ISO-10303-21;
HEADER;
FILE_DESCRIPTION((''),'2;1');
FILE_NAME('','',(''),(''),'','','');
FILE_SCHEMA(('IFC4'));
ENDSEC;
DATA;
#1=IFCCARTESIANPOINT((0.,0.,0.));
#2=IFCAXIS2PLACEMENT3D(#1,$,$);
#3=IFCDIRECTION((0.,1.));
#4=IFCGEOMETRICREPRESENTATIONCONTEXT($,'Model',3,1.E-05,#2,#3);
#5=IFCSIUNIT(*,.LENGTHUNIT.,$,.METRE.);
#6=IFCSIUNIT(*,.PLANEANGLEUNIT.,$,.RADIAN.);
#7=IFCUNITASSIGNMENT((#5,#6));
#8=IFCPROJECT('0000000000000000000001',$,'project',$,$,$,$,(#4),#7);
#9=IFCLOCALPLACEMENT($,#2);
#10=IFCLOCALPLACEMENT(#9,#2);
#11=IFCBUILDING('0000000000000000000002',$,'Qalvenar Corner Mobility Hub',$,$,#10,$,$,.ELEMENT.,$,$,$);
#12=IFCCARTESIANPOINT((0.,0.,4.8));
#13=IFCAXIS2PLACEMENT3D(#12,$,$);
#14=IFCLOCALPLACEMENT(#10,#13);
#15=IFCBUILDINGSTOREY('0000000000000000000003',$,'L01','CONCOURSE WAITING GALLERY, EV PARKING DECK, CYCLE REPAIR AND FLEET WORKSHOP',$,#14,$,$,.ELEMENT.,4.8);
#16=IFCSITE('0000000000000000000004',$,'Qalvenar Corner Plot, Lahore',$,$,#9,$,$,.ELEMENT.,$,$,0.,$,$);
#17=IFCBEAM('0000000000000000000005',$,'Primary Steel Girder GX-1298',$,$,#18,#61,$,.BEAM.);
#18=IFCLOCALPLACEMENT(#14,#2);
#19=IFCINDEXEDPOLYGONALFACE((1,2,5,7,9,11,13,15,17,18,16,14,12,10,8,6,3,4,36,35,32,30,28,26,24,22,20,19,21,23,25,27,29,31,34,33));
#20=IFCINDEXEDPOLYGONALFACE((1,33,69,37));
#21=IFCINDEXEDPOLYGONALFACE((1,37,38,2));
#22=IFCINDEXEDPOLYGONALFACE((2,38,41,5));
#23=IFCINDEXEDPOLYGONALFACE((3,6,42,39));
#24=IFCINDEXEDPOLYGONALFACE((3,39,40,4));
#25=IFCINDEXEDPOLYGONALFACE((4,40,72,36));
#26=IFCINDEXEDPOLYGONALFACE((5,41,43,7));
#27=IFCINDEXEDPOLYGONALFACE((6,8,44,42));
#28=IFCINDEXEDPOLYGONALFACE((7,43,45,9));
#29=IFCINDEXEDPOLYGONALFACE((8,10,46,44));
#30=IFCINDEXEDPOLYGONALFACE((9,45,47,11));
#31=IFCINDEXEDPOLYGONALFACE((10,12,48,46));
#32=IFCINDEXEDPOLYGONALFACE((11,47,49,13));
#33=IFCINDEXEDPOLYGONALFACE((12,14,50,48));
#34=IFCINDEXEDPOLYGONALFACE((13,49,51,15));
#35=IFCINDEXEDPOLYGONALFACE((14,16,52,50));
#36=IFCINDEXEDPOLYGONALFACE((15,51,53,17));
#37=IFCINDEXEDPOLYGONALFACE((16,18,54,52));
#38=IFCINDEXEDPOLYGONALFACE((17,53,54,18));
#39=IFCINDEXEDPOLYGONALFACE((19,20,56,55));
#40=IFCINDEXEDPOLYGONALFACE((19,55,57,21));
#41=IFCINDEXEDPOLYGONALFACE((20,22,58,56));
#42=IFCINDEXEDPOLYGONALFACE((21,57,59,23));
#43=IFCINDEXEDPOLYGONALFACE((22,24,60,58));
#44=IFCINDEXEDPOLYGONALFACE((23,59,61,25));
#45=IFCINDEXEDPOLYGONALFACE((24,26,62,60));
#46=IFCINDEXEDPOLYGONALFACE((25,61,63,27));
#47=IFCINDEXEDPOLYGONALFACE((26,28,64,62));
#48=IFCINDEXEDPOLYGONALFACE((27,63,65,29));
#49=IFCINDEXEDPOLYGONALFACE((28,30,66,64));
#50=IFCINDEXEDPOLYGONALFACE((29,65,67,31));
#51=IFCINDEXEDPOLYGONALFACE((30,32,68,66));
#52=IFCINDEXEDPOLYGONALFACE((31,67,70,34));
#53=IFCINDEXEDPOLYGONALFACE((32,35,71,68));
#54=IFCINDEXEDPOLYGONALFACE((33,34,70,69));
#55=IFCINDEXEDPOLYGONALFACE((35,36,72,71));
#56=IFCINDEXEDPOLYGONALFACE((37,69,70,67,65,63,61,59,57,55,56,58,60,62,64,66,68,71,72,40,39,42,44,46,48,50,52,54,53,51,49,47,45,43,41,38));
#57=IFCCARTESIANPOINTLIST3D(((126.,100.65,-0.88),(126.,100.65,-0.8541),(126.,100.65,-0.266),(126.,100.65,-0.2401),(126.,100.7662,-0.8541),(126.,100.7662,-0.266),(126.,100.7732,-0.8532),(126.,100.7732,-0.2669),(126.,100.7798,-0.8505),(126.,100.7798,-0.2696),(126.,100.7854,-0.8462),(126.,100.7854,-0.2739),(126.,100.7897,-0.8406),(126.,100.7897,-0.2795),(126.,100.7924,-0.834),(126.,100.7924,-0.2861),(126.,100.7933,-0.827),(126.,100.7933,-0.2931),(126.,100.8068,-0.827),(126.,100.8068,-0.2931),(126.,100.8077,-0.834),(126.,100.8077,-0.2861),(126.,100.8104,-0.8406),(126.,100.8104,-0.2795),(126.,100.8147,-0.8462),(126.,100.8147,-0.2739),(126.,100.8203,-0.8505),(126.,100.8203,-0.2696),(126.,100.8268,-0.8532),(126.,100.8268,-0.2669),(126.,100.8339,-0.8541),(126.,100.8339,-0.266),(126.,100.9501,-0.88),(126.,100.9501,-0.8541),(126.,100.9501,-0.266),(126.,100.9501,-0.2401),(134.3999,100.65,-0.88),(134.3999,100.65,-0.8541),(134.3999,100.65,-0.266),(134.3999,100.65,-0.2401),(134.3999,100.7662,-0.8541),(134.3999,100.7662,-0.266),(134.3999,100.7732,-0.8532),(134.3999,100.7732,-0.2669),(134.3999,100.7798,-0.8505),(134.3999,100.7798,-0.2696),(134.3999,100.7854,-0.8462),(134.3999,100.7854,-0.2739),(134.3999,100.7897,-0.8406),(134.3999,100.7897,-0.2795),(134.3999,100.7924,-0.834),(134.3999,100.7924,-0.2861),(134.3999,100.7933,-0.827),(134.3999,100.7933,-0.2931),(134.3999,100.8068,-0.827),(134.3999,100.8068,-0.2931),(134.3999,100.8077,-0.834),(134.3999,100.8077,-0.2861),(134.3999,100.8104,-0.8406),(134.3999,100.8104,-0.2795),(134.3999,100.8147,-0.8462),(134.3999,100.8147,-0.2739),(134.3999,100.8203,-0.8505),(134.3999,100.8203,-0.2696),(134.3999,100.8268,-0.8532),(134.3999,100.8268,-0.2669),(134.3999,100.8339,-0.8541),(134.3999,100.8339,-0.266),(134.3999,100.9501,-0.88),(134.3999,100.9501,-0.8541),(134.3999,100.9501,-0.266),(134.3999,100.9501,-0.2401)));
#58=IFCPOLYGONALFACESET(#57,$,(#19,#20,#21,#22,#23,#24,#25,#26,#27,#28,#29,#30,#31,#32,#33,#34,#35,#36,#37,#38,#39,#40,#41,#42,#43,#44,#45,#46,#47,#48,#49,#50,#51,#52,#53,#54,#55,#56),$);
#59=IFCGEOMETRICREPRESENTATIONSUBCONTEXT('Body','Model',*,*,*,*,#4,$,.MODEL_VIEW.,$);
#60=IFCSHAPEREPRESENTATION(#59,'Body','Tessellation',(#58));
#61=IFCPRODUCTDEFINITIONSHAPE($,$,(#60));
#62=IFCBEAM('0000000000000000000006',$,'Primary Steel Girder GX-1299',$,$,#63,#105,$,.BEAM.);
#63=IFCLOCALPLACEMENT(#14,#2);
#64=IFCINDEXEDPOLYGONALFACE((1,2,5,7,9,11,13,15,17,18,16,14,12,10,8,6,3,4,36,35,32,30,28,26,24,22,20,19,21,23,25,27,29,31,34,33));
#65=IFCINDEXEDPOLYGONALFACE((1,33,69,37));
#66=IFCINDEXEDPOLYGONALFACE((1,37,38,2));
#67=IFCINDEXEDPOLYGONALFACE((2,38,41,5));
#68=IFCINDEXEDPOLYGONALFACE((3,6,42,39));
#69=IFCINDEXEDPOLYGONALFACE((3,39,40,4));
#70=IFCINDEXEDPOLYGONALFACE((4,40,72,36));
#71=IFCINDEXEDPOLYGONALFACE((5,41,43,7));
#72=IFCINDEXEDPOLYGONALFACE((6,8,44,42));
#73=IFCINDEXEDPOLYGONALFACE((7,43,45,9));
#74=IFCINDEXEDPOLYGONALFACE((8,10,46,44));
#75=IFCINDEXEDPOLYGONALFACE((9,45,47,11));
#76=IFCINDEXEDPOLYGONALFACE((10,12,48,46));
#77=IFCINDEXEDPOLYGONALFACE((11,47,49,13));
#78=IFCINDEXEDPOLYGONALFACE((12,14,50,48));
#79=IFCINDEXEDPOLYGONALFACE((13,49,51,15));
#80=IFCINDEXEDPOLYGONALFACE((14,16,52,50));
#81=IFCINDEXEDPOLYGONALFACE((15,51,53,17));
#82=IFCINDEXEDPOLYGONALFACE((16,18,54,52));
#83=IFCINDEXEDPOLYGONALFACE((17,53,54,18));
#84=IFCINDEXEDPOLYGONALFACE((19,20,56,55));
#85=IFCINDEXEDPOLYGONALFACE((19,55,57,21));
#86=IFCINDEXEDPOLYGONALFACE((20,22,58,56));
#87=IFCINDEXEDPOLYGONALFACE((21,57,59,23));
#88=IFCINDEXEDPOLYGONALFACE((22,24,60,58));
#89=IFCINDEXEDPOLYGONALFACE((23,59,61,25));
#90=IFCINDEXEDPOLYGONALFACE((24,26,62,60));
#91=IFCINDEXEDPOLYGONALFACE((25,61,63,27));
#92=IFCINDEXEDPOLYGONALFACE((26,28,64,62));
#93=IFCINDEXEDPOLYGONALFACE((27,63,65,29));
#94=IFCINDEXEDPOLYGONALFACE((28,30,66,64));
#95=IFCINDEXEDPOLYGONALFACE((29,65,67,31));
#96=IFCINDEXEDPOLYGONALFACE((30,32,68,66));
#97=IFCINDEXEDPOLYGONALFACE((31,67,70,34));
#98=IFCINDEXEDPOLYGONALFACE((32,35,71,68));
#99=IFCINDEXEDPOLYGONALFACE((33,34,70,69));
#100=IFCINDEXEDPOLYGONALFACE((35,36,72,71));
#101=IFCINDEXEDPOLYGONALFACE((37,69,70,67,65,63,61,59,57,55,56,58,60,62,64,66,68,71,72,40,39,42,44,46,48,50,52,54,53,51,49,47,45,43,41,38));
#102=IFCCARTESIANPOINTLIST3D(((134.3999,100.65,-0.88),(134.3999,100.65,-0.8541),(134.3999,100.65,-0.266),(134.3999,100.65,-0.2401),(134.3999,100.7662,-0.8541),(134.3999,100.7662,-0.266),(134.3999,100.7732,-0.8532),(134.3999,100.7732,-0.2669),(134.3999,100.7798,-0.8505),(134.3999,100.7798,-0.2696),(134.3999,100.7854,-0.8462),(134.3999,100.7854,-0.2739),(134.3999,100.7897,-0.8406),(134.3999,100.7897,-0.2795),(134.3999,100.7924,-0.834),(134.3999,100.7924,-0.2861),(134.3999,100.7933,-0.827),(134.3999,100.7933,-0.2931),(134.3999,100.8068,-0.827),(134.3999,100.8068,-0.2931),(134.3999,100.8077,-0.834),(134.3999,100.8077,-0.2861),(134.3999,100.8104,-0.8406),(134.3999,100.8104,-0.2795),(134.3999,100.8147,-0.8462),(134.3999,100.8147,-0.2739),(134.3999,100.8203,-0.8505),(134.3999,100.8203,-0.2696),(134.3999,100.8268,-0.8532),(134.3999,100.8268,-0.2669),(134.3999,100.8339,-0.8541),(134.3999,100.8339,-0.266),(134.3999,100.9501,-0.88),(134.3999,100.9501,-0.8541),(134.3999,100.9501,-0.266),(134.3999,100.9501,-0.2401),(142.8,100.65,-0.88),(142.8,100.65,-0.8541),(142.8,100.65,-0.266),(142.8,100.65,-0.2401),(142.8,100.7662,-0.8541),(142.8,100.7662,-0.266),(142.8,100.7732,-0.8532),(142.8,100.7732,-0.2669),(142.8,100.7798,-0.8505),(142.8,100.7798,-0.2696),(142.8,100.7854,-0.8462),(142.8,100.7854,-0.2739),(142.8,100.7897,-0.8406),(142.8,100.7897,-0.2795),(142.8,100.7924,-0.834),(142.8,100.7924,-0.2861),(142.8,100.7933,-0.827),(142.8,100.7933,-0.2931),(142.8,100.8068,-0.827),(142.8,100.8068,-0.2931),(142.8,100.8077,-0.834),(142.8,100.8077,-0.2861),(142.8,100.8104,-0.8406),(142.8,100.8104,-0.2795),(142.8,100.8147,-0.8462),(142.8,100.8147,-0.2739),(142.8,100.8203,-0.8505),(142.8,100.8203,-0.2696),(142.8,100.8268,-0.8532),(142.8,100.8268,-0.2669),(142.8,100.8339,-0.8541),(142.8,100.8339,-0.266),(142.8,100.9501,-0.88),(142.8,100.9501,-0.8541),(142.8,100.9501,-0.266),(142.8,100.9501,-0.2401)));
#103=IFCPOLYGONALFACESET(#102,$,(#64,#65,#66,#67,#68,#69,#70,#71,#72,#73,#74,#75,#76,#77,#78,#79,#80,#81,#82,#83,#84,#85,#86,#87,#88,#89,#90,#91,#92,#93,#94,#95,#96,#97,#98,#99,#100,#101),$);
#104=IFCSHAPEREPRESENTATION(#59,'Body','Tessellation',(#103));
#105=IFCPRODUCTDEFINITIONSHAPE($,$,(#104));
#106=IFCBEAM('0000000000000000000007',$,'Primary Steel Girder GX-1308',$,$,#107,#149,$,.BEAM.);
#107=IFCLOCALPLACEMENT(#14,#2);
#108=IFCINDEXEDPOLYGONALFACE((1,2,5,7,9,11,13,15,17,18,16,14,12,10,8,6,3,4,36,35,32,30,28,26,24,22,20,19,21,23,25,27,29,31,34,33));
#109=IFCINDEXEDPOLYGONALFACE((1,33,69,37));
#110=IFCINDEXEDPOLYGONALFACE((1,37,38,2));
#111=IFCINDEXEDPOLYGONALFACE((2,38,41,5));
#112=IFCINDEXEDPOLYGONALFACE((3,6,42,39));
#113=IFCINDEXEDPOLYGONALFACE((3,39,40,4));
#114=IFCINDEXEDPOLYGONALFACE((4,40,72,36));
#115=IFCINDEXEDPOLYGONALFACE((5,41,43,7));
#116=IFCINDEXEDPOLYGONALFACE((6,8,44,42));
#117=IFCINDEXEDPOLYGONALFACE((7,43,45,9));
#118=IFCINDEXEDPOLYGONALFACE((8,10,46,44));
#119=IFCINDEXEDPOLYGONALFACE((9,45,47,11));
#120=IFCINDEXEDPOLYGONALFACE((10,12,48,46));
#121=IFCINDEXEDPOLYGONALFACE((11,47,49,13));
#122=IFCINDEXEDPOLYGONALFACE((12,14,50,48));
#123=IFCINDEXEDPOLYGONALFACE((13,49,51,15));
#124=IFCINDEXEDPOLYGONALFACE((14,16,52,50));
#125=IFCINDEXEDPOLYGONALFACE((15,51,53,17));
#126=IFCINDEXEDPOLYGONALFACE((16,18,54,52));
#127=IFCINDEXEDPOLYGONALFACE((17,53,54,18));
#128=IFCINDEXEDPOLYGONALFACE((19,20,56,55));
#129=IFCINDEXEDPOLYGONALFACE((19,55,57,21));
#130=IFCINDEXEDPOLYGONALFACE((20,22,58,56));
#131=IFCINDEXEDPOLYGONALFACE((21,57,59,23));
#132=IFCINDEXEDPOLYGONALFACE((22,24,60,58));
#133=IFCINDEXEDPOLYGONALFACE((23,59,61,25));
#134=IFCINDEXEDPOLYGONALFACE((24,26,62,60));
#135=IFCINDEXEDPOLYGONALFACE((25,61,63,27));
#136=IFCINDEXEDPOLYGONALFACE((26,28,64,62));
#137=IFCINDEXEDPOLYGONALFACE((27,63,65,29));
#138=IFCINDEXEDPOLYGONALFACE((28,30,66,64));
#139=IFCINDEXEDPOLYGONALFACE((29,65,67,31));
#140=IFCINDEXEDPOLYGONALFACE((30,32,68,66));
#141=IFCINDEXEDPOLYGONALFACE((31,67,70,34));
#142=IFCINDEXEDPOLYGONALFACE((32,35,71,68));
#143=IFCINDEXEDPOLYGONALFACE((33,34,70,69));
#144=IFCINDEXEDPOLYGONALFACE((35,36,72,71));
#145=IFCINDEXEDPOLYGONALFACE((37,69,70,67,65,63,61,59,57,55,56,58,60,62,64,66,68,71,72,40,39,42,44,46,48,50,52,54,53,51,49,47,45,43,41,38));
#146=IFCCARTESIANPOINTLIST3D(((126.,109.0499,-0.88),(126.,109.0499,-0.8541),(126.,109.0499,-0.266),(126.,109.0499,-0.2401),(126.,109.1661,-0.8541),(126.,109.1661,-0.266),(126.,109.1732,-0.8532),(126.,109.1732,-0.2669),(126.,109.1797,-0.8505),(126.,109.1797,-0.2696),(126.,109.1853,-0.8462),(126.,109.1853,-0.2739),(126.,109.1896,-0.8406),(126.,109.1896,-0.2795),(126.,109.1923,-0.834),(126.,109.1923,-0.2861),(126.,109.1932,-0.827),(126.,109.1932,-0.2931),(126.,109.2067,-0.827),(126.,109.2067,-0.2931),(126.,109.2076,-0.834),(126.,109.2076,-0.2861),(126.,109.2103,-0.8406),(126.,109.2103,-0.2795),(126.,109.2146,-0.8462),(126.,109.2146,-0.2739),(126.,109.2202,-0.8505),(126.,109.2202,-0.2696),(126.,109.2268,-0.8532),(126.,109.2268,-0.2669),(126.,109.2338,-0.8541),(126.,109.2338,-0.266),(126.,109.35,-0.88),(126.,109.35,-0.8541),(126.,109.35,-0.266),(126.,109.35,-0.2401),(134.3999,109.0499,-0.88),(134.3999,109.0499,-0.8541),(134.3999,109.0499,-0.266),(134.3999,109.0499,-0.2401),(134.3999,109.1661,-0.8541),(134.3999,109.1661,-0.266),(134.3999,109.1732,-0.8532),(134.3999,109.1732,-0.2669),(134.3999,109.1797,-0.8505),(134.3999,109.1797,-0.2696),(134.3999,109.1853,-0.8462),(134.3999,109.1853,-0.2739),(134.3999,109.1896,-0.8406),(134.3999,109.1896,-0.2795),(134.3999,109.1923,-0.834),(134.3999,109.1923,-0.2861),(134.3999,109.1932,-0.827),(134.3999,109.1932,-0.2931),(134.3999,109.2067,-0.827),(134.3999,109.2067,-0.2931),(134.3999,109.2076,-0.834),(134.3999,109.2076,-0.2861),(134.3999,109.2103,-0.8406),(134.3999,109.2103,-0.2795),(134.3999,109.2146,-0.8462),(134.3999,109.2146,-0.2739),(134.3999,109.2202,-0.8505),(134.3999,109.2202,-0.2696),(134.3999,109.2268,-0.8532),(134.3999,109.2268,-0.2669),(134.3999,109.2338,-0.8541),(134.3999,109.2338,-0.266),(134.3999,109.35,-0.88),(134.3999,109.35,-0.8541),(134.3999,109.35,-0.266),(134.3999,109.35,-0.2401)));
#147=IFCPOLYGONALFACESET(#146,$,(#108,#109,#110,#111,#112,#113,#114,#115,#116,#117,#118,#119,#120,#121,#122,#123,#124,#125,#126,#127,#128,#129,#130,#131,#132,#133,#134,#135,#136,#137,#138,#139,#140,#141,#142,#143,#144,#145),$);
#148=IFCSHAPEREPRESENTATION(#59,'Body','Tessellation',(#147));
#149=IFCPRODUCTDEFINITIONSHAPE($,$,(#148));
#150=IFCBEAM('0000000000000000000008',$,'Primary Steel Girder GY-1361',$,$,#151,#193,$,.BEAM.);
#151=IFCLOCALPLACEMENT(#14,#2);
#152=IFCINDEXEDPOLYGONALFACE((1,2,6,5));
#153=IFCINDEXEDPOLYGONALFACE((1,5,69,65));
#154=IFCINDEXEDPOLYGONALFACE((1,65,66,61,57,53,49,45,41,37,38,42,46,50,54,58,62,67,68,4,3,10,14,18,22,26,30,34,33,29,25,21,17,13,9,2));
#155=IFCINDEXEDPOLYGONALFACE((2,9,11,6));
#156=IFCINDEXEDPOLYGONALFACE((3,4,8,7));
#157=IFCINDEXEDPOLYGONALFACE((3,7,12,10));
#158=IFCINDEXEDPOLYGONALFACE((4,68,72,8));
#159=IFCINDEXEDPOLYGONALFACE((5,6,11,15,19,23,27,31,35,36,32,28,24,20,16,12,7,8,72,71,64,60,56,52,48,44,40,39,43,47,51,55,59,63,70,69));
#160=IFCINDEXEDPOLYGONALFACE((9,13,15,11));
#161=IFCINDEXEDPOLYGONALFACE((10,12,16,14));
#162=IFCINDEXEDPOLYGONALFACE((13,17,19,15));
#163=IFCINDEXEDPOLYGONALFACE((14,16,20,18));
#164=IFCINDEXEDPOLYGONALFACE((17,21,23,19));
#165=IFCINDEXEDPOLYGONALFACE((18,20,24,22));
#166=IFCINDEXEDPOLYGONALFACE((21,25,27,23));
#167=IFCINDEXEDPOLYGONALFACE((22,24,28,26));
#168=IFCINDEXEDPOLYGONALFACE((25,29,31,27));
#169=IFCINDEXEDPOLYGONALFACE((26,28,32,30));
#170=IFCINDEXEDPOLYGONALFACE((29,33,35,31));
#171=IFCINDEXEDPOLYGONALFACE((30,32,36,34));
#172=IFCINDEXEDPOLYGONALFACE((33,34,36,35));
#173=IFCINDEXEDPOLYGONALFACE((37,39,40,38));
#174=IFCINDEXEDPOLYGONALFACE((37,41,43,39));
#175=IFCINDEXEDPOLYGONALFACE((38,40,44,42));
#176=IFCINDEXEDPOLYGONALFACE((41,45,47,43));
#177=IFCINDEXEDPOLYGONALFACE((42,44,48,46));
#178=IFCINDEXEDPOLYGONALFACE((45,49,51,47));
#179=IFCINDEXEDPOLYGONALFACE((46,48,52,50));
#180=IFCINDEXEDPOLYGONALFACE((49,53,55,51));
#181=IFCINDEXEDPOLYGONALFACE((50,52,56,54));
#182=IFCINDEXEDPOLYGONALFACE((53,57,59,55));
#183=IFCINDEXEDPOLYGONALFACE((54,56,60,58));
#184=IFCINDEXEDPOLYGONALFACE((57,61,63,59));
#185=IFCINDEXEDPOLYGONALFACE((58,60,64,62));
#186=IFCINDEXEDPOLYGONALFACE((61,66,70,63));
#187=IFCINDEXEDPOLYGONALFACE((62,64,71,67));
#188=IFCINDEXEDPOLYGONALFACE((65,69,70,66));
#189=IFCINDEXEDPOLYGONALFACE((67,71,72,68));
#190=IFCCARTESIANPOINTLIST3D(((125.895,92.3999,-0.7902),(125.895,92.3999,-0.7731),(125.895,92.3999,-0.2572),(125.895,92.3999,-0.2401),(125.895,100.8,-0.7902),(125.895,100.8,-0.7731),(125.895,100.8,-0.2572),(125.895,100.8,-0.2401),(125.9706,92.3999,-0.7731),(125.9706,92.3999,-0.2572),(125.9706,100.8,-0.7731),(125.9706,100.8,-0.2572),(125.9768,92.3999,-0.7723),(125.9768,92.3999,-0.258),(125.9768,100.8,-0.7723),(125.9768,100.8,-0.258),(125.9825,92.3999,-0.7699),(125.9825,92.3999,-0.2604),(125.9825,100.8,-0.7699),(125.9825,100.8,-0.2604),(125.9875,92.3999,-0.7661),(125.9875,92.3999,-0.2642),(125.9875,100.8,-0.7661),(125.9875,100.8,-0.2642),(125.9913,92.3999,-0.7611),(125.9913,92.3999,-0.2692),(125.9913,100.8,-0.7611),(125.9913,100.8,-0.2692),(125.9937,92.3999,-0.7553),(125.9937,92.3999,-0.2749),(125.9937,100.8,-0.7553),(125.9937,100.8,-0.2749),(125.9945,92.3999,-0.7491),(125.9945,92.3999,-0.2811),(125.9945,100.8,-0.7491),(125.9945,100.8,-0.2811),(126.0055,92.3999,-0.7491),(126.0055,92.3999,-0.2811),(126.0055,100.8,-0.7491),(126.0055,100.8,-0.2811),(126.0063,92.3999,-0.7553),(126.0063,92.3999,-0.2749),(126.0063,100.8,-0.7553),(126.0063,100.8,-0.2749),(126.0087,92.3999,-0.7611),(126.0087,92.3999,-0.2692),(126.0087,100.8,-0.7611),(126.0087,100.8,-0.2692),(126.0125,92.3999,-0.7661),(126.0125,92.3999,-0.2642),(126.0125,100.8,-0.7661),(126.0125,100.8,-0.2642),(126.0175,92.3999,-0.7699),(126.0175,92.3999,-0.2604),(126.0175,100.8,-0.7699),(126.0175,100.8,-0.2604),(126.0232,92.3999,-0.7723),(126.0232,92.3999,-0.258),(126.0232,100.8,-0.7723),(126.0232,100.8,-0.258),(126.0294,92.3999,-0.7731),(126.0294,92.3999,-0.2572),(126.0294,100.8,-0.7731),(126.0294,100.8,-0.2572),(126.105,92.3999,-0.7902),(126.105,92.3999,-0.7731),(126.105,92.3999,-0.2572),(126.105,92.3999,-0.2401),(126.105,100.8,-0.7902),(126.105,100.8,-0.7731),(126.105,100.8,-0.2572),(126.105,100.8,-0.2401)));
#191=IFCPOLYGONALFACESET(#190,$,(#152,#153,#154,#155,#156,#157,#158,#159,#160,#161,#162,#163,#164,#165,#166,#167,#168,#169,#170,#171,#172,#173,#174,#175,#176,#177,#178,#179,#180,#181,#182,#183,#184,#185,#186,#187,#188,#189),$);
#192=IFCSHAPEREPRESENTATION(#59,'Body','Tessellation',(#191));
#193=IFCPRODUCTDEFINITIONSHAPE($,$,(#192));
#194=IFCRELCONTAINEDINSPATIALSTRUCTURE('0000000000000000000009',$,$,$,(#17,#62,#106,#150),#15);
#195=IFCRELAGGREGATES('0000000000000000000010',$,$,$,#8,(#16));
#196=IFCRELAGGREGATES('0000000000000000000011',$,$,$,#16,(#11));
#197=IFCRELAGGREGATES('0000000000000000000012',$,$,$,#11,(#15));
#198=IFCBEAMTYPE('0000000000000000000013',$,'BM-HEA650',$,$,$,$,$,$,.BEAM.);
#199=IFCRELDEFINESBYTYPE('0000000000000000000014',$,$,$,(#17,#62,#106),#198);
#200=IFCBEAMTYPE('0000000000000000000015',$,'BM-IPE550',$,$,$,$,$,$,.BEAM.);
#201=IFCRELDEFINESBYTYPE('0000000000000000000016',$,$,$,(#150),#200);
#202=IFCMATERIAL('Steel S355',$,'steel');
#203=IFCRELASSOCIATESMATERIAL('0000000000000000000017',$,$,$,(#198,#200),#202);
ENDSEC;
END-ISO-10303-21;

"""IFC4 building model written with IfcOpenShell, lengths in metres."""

from ifc_helpers import new_model, si_unit, direction, frame, origin, origin_2d, place, context, subcontext, project, spatial, i_section, extrude, material, material_profile, profile_set, type_object, element, save


model = new_model("IFC4")

# Units and contexts
model_context = context("Model", 3, precision=1e-05, world=origin(), true_north=direction((0.0, 1.0)))
body_context = subcontext(model_context, "Body", "Model", "MODEL_VIEW")
ifc_project = project(units=[si_unit("LENGTHUNIT", "METRE"), si_unit("PLANEANGLEUNIT", "RADIAN")], contexts=[model_context])

# Site, building, storey
site_placement = place(None, origin())
site = spatial("IfcSite", under=ifc_project, at=site_placement, Name="Qalvenar Corner Plot, Lahore", CompositionType="ELEMENT", RefElevation=0.0)
building_placement = place(site_placement, origin())
building = spatial("IfcBuilding", under=site, at=building_placement, Name="Qalvenar Corner Mobility Hub", CompositionType="ELEMENT")
storey_placement = place(building_placement, frame((0.0, 0.0, 4.8)))
storey = spatial("IfcBuildingStorey", under=building, at=storey_placement, Name="L01", Description="CONCOURSE WAITING GALLERY, EV PARKING DECK, CYCLE REPAIR AND FLEET WORKSHOP", CompositionType="ELEMENT", Elevation=4.8)

# Shared definitions
ifc_material_1 = material(Name="Steel S355", Category="steel")

# Beams
ifc_material_profile_1 = material_profile(ifc_material_1, i_section(OverallWidth=0.3, OverallDepth=0.6399, WebThickness=0.0134, FlangeThickness=0.0259, FilletRadius=0.0271, at=origin_2d()), Name="HEA650")
ifc_profile_set_1 = profile_set([ifc_material_profile_1], Name="Steel S355")
beam_type_1 = type_object("IfcBeamType", Name="BM-HEA650", PredefinedType="BEAM", material=ifc_profile_set_1)
beam_1_placement = place(storey_placement, frame((126.0, 100.8, -0.5601), z_axis=(1.0, 0.0, 0.0), x_axis=(0.0, 1.0, 0.0)))
element("IfcBeam", 1, at=beam_1_placement, inside=storey, type_object=beam_type_1, Name="Primary Steel Girder GX-1298", PredefinedType="BEAM", context=body_context, shape_type="SweptSolid", body=[
    extrude(i_section(OverallWidth=0.3, OverallDepth=0.6399, WebThickness=0.0134, FlangeThickness=0.0259, FilletRadius=0.0271, at=origin_2d()), origin(), (0.0, 0.0, 1.0), 8.3999),
])
beam_2_placement = place(storey_placement, frame((134.3999, 100.8, -0.5601), z_axis=(1.0, 0.0, 0.0), x_axis=(0.0, 1.0, 0.0)))
element("IfcBeam", 2, at=beam_2_placement, inside=storey, type_object=beam_type_1, Name="Primary Steel Girder GX-1299", PredefinedType="BEAM", context=body_context, shape_type="SweptSolid", body=[
    extrude(i_section(OverallWidth=0.3, OverallDepth=0.6399, WebThickness=0.0134, FlangeThickness=0.0259, FilletRadius=0.0271, at=origin_2d()), origin(), (0.0, 0.0, 1.0), 8.4001),
])
beam_3_placement = place(storey_placement, frame((126.0, 109.2, -0.5601), z_axis=(1.0, 0.0, 0.0), x_axis=(0.0, 1.0, 0.0)))
element("IfcBeam", 3, at=beam_3_placement, inside=storey, type_object=beam_type_1, Name="Primary Steel Girder GX-1308", PredefinedType="BEAM", context=body_context, shape_type="SweptSolid", body=[
    extrude(i_section(OverallWidth=0.3, OverallDepth=0.6399, WebThickness=0.0134, FlangeThickness=0.0259, FilletRadius=0.0271, at=origin_2d()), origin(), (0.0, 0.0, 1.0), 8.3999),
])
ifc_material_profile_2 = material_profile(ifc_material_1, i_section(OverallWidth=0.21, OverallDepth=0.55, WebThickness=0.011, FlangeThickness=0.0171, FilletRadius=0.0239, at=origin_2d()), Name="IPE550")
ifc_profile_set_2 = profile_set([ifc_material_profile_2], Name="Steel S355")
beam_type_2 = type_object("IfcBeamType", Name="BM-IPE550", PredefinedType="BEAM", material=ifc_profile_set_2)
beam_4_placement = place(storey_placement, frame((126.0, 92.3999, -0.5151), z_axis=(0.0, 1.0, 0.0), x_axis=(-1.0, 0.0, 0.0)))
element("IfcBeam", 4, at=beam_4_placement, inside=storey, type_object=beam_type_2, Name="Primary Steel Girder GY-1361", PredefinedType="BEAM", context=body_context, shape_type="SweptSolid", body=[
    extrude(i_section(OverallWidth=0.21, OverallDepth=0.55, WebThickness=0.011, FlangeThickness=0.0171, FilletRadius=0.0239, at=origin_2d()), origin(), (0.0, 0.0, 1.0), 8.4001),
])

save(model, "model.ifc")
